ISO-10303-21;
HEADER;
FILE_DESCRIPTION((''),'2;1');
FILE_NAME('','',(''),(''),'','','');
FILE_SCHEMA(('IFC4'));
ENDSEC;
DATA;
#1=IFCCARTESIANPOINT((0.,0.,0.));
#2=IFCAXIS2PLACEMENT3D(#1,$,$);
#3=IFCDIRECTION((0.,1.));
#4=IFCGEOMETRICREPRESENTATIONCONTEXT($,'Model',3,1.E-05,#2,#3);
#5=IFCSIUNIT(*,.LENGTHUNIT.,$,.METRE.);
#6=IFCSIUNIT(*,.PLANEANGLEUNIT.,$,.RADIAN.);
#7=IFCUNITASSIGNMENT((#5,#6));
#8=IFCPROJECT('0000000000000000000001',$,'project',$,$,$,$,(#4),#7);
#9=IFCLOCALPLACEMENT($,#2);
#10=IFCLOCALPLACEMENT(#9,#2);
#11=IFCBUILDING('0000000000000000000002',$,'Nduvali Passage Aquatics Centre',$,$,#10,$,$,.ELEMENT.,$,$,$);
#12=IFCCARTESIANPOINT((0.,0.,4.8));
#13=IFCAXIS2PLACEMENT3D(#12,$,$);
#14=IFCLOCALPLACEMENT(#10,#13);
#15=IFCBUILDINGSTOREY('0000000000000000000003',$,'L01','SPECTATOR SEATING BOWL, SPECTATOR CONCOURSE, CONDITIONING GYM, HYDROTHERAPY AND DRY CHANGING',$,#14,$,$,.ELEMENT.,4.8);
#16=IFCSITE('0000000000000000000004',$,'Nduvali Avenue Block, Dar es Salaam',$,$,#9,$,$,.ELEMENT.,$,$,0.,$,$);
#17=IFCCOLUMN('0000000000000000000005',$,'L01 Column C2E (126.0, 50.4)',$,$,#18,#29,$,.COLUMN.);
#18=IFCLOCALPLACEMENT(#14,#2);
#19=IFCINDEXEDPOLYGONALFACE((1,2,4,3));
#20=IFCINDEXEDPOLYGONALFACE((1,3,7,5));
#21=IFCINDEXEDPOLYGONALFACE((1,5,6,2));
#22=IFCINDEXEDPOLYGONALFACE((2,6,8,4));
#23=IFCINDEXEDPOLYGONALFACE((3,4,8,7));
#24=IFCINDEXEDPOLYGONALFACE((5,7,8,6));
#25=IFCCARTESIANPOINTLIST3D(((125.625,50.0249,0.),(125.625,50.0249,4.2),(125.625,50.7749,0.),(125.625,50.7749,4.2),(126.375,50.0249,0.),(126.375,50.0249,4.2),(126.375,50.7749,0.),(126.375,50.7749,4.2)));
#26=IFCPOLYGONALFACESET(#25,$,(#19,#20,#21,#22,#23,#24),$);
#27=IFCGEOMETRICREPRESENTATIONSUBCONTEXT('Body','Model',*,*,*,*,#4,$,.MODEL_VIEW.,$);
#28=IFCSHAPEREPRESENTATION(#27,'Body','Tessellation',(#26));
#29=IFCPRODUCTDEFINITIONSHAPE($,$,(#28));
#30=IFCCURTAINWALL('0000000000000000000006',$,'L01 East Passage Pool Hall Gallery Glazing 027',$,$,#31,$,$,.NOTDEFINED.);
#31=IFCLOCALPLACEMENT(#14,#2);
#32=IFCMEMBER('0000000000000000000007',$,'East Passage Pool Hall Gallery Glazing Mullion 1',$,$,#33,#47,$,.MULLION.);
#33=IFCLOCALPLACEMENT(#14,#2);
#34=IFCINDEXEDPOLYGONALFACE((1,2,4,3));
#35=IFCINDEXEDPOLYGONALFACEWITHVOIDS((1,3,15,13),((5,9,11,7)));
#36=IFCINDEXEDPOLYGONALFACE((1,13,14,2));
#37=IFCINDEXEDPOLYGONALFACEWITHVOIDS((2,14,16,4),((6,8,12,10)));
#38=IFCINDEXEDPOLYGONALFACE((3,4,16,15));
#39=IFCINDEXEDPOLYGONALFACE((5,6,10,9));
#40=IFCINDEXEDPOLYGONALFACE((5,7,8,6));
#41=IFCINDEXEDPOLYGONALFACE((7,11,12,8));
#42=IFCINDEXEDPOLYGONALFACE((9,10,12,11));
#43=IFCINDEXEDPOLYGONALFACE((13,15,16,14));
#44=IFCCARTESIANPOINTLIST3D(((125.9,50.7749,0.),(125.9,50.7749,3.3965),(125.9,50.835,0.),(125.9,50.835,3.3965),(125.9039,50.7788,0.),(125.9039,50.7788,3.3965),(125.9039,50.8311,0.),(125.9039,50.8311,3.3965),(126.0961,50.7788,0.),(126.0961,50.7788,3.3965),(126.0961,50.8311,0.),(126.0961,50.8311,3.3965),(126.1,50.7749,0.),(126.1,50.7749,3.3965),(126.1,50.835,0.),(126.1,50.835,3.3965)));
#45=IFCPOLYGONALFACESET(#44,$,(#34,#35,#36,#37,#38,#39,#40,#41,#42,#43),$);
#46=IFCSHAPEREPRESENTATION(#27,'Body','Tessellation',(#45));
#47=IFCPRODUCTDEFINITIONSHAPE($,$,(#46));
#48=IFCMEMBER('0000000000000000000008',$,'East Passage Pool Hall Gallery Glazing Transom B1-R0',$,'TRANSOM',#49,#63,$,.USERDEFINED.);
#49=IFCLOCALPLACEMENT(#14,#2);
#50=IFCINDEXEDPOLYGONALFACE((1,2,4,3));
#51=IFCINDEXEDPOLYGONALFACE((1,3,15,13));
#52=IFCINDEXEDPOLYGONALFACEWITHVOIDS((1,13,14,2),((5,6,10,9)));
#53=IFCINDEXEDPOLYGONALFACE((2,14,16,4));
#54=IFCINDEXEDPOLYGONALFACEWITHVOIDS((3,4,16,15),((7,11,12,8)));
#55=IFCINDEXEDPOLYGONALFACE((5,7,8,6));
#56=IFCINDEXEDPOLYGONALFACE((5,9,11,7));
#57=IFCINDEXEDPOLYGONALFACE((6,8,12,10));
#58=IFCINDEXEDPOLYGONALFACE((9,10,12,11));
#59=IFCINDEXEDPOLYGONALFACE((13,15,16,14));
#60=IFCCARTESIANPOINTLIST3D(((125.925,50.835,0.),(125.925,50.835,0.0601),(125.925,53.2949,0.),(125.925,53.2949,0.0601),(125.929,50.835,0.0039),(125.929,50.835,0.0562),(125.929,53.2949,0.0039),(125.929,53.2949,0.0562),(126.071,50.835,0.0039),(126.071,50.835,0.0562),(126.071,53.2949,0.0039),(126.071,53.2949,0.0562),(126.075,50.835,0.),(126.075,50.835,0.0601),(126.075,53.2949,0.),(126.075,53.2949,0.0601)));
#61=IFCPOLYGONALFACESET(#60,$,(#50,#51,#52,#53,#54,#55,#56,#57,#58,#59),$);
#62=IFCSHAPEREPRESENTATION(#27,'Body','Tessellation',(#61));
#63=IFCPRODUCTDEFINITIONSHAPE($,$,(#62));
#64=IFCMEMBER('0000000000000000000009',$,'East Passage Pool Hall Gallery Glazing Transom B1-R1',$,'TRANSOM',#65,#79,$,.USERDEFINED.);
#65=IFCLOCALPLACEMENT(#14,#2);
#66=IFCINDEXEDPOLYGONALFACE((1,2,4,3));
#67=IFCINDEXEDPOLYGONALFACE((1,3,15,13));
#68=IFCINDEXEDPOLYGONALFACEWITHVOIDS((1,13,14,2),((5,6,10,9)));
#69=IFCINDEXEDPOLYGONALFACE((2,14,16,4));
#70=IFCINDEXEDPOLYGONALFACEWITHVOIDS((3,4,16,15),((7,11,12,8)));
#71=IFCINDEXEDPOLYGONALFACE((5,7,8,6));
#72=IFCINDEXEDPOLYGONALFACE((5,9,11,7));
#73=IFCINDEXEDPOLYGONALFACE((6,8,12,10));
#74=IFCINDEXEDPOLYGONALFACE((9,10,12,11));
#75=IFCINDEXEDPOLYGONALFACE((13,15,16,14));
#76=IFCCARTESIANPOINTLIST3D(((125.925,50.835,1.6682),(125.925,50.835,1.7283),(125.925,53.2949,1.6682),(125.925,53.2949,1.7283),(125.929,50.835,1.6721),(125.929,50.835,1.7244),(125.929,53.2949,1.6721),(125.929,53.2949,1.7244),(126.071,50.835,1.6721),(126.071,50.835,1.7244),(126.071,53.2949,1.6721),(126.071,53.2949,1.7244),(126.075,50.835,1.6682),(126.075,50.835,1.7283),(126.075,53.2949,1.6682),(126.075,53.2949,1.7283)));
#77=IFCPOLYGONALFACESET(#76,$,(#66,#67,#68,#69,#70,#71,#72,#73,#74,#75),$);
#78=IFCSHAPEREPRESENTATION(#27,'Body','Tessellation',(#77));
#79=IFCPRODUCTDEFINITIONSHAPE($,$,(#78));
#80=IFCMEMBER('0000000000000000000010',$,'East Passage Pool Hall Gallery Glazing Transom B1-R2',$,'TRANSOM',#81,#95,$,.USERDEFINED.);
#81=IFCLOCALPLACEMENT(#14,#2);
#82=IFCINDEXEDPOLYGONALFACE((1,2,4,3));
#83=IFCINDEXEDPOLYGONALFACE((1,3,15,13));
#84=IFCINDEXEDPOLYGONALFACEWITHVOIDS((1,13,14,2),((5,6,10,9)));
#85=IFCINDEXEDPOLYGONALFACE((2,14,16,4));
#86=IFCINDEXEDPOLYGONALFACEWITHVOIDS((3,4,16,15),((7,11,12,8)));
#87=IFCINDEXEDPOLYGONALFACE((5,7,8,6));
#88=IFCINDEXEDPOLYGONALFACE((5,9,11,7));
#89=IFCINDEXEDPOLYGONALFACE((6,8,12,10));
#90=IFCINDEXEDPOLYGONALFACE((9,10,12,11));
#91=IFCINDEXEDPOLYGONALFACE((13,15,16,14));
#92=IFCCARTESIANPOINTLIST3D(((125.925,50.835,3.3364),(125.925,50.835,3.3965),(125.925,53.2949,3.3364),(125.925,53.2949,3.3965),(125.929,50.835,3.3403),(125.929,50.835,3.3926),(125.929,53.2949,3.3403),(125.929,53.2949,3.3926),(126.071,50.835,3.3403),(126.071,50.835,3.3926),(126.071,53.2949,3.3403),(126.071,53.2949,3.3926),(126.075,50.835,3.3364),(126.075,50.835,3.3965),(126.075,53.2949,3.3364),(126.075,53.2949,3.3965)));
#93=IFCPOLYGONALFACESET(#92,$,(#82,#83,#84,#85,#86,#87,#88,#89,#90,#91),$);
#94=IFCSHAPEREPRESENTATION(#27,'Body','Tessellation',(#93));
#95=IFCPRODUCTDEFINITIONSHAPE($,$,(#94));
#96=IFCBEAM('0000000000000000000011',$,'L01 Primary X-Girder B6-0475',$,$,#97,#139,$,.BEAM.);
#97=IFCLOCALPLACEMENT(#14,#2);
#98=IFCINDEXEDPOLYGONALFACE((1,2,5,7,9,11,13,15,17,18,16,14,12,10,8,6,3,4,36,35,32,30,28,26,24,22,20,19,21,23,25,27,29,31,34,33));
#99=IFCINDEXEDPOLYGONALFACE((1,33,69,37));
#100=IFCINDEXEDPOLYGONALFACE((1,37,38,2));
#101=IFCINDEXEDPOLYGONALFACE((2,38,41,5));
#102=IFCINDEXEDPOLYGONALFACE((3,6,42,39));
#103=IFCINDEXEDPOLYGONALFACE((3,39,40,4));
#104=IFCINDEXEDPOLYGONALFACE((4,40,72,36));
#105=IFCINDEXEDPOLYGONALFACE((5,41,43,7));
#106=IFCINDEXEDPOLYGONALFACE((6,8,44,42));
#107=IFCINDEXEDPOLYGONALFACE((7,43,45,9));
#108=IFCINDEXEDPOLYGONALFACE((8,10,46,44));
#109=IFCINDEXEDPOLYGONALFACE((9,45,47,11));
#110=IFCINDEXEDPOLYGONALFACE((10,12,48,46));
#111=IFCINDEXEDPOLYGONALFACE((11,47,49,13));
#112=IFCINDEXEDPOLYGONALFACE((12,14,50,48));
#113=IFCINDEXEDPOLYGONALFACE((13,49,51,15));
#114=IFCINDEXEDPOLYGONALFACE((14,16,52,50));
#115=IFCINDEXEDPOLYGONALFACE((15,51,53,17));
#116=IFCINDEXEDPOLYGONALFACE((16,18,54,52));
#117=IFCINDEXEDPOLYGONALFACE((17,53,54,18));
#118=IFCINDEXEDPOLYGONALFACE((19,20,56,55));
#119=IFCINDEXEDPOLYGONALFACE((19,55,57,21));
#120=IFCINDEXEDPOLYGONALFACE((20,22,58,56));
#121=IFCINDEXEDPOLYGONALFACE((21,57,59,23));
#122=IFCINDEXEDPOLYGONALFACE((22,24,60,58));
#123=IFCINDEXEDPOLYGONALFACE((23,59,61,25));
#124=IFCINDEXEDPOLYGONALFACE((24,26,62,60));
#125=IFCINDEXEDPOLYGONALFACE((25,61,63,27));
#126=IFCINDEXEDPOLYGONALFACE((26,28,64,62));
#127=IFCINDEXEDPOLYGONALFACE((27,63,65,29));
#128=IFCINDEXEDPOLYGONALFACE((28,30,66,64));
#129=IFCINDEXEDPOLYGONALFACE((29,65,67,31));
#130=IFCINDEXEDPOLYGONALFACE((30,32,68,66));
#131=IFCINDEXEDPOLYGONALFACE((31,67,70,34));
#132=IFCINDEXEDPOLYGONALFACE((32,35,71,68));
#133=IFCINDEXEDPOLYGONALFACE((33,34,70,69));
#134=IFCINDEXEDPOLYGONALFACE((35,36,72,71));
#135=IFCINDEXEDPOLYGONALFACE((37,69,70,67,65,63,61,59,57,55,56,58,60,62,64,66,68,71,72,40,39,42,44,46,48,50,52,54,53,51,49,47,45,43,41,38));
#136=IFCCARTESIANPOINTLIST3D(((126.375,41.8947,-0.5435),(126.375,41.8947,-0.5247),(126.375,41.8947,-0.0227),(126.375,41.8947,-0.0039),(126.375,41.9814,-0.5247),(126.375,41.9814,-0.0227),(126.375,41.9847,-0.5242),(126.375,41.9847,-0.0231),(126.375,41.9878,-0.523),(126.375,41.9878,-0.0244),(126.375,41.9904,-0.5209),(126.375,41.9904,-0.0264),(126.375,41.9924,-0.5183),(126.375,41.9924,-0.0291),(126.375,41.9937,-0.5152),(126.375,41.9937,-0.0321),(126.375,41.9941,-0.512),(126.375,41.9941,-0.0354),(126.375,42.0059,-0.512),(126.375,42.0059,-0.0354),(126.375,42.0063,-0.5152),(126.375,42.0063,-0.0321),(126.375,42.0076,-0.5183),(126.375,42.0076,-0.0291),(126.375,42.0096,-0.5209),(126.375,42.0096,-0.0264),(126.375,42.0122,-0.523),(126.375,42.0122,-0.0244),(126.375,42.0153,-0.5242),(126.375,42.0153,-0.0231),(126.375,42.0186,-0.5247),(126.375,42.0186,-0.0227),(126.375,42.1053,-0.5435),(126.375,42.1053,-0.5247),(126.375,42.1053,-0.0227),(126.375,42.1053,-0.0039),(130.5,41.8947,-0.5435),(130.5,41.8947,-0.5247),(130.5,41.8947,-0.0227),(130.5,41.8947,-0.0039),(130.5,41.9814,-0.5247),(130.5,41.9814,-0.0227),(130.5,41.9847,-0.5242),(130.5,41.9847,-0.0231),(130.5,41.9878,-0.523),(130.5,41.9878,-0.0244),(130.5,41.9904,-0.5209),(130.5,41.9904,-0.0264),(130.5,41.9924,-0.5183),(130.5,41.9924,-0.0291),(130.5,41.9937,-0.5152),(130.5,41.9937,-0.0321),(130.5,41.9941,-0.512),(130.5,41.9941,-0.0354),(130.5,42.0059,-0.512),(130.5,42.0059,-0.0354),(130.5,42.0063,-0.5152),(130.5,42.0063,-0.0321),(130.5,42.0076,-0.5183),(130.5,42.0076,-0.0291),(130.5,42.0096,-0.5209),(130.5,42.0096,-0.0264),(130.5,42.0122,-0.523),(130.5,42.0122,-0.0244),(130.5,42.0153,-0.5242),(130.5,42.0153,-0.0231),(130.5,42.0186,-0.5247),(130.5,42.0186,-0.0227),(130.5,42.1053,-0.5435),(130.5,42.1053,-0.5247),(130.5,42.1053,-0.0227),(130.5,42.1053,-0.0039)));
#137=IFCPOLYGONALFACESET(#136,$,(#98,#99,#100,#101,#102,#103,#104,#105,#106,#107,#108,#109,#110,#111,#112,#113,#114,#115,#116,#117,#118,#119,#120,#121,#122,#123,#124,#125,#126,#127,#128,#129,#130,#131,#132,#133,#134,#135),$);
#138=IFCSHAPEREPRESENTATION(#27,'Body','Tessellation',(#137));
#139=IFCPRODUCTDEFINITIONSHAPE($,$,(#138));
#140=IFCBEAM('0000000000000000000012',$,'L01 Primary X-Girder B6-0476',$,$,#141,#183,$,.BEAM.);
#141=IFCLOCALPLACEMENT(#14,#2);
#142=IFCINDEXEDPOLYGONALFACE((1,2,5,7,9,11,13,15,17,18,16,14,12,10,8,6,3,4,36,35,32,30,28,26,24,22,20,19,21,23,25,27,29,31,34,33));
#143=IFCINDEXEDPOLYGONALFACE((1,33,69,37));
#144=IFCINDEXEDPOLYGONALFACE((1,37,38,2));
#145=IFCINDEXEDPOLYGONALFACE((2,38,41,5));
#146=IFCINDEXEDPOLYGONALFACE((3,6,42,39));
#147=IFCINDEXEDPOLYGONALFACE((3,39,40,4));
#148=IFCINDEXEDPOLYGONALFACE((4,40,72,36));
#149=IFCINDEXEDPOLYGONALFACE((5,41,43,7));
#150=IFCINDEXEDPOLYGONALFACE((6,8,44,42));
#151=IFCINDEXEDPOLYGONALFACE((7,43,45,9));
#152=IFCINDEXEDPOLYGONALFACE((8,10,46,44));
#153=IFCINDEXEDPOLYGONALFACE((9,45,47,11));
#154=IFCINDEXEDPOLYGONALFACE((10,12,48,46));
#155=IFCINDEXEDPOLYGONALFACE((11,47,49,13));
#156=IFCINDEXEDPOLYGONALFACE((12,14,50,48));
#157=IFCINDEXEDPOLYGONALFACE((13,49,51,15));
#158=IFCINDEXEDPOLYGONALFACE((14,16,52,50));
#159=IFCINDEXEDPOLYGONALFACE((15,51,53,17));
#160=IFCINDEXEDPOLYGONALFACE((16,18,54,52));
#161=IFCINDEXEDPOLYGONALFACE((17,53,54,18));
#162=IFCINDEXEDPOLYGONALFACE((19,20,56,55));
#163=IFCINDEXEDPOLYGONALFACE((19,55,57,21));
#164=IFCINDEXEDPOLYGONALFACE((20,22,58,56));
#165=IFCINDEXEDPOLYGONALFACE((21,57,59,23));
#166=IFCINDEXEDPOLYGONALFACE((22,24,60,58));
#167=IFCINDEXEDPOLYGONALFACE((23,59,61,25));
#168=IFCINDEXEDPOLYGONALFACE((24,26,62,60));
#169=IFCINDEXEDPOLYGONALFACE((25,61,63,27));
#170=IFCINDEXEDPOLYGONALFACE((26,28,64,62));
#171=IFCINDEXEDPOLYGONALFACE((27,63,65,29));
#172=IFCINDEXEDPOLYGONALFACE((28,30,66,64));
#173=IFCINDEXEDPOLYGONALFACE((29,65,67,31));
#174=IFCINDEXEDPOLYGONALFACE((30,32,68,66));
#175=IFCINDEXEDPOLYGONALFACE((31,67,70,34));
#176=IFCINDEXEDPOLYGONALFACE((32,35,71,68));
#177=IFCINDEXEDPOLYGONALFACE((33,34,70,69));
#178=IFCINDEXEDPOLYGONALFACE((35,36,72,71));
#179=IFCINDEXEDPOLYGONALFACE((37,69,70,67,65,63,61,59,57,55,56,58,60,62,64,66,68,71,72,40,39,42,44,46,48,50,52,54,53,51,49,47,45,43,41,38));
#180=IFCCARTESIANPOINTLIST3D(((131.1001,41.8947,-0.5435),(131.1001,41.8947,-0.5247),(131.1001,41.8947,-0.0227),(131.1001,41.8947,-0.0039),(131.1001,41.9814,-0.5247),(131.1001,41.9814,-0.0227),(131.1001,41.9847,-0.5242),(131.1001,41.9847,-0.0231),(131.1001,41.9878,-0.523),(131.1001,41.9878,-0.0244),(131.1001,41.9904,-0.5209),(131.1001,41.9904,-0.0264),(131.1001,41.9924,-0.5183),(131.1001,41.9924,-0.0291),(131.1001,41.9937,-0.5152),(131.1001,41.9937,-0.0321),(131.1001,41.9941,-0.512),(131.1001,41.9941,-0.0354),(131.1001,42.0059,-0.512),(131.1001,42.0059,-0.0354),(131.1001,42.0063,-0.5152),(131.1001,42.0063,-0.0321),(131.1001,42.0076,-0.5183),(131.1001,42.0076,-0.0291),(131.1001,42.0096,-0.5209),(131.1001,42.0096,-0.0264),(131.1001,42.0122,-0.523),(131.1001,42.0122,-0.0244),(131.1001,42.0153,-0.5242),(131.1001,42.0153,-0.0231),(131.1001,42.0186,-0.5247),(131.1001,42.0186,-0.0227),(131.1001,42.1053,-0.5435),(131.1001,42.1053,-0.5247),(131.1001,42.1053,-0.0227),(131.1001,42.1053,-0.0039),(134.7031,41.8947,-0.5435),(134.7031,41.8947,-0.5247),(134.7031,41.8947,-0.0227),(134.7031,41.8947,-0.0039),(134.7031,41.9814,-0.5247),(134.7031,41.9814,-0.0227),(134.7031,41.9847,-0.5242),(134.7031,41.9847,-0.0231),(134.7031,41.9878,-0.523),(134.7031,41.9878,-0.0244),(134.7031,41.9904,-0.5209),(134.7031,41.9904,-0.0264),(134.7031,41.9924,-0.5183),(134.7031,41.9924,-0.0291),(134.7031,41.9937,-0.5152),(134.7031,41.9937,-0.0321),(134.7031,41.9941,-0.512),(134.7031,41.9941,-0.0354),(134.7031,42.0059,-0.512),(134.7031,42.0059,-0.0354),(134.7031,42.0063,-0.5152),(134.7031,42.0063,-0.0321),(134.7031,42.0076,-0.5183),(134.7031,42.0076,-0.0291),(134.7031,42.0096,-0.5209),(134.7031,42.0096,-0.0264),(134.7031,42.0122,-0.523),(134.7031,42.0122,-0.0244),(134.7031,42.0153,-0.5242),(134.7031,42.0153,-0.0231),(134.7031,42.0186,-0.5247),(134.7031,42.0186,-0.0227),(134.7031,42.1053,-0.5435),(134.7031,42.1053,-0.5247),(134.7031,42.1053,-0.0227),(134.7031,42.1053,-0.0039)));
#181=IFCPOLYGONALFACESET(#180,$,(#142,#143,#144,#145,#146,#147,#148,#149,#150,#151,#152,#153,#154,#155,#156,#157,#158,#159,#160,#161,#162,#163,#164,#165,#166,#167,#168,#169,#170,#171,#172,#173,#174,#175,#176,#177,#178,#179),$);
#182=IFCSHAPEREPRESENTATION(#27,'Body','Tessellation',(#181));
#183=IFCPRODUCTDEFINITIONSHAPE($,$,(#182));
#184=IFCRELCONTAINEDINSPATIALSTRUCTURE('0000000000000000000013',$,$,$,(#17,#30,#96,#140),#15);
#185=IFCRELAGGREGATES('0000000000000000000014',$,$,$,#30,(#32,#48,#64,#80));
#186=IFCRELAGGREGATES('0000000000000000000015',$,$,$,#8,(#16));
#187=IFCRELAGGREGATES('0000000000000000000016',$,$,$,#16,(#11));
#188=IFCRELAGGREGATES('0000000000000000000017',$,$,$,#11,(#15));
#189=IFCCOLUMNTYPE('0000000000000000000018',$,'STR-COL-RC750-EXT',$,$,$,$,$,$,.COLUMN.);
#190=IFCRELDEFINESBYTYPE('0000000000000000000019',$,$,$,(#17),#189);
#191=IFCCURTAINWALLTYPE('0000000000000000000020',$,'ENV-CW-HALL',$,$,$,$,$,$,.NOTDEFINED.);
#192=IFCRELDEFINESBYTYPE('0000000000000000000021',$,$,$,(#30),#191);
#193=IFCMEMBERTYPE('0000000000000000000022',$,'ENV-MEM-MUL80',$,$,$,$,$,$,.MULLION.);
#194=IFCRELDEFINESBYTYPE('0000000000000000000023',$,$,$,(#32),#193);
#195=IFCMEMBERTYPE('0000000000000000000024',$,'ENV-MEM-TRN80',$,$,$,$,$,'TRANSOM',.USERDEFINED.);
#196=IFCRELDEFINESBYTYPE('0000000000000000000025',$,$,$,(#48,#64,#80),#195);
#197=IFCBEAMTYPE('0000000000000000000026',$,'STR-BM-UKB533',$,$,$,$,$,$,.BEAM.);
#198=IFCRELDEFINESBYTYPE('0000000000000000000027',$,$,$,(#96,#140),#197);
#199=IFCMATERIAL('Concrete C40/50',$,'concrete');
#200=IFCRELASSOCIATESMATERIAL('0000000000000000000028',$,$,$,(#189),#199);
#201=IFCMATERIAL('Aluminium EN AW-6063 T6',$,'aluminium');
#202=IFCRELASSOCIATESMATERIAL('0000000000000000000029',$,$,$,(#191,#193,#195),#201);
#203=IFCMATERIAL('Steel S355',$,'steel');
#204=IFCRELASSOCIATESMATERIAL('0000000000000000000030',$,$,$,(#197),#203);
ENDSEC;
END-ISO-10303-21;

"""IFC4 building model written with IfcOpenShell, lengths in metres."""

from ifc_helpers import new_model, si_unit, direction, frame, origin, origin_2d, place, context, subcontext, project, spatial, rectangle, hollow_rectangle, i_section, extrude, material, material_profile, profile_set, type_object, element, aggregate, save


model = new_model("IFC4")

# Units and contexts
model_context = context("Model", 3, precision=1e-05, world=origin(), true_north=direction((0.0, 1.0)))
body_context = subcontext(model_context, "Body", "Model", "MODEL_VIEW")
ifc_project = project(units=[si_unit("LENGTHUNIT", "METRE"), si_unit("PLANEANGLEUNIT", "RADIAN")], contexts=[model_context])

# Site, building, storey
site_placement = place(None, origin())
site = spatial("IfcSite", under=ifc_project, at=site_placement, Name="Nduvali Avenue Block, Dar es Salaam", CompositionType="ELEMENT", RefElevation=0.0)
building_placement = place(site_placement, origin())
building = spatial("IfcBuilding", under=site, at=building_placement, Name="Nduvali Passage Aquatics Centre", CompositionType="ELEMENT")
storey_placement = place(building_placement, frame((0.0, 0.0, 4.8)))
storey = spatial("IfcBuildingStorey", under=building, at=storey_placement, Name="L01", Description="SPECTATOR SEATING BOWL, SPECTATOR CONCOURSE, CONDITIONING GYM, HYDROTHERAPY AND DRY CHANGING", CompositionType="ELEMENT", Elevation=4.8)

# Column
ifc_material_1 = material(Name="Concrete C40/50", Category="concrete")
ifc_material_profile_1 = material_profile(ifc_material_1, rectangle(XDim=0.75, YDim=0.75, at=origin_2d()), Name="RC 750x750")
ifc_profile_set_1 = profile_set([ifc_material_profile_1], Name="Concrete C40/50")
column_type = type_object("IfcColumnType", Name="STR-COL-RC750-EXT", PredefinedType="COLUMN", material=ifc_profile_set_1)
column_placement = place(storey_placement, frame((126.0, 50.3999, 0.0), z_axis=(0.0, 0.0, 1.0), x_axis=(1.0, 0.0, 0.0)))
element("IfcColumn", 1, at=column_placement, inside=storey, type_object=column_type, Name="L01 Column C2E (126.0, 50.4)", PredefinedType="COLUMN", context=body_context, shape_type="SweptSolid", body=[
    extrude(rectangle(XDim=0.75, YDim=0.75, at=origin_2d()), origin(), (0.0, 0.0, 1.0), 4.2),
])

# Curtain wall, members
ifc_material_2 = material(Name="Aluminium EN AW-6063 T6", Category="aluminium")
curtain_wall_type = type_object("IfcCurtainWallType", Name="ENV-CW-HALL", PredefinedType="NOTDEFINED", material=ifc_material_2)
curtain_wall_placement = place(storey_placement, origin())
curtain_wall = element("IfcCurtainWall", 2, at=curtain_wall_placement, inside=storey, type_object=curtain_wall_type, Name="L01 East Passage Pool Hall Gallery Glazing 027", PredefinedType="NOTDEFINED")
ifc_material_profile_2 = material_profile(ifc_material_2, hollow_rectangle(XDim=0.0601, YDim=0.2, WallThickness=0.0039, at=origin_2d()), Name="ALU MULLION 60x200x4")
ifc_profile_set_2 = profile_set([ifc_material_profile_2], Name="Aluminium EN AW-6063 T6")
member_type_1 = type_object("IfcMemberType", Name="ENV-MEM-MUL80", PredefinedType="MULLION", material=ifc_profile_set_2)
member_1_placement = place(storey_placement, frame((126.0, 50.8049, 0.0), z_axis=(0.0, 0.0, 1.0), x_axis=(0.0, 1.0, 0.0)))
member_1 = element("IfcMember", 3, at=member_1_placement, type_object=member_type_1, Name="East Passage Pool Hall Gallery Glazing Mullion 1", PredefinedType="MULLION", context=body_context, shape_type="SweptSolid", body=[
    extrude(hollow_rectangle(XDim=0.0601, YDim=0.2, WallThickness=0.0039, at=origin_2d()), origin(), (0.0, 0.0, 1.0), 3.3965),
])
ifc_material_profile_3 = material_profile(ifc_material_2, hollow_rectangle(XDim=0.1499, YDim=0.0601, WallThickness=0.0039, at=origin_2d()), Name="ALU TRANSOM 150x60x4")
ifc_profile_set_3 = profile_set([ifc_material_profile_3], Name="Aluminium EN AW-6063 T6")
member_type_2 = type_object("IfcMemberType", Name="ENV-MEM-TRN80", ElementType="TRANSOM", PredefinedType="USERDEFINED", material=ifc_profile_set_3)
member_2_placement = place(storey_placement, frame((126.0, 50.835, 0.03), z_axis=(0.0, 1.0, 0.0), x_axis=(-1.0, 0.0, 0.0)))
member_2 = element("IfcMember", 4, at=member_2_placement, type_object=member_type_2, Name="East Passage Pool Hall Gallery Glazing Transom B1-R0", ObjectType="TRANSOM", PredefinedType="USERDEFINED", context=body_context, shape_type="SweptSolid", body=[
    extrude(hollow_rectangle(XDim=0.1499, YDim=0.0601, WallThickness=0.0039, at=origin_2d()), origin(), (0.0, 0.0, 1.0), 2.46),
])
member_3_placement = place(storey_placement, frame((126.0, 50.835, 1.6982), z_axis=(0.0, 1.0, 0.0), x_axis=(-1.0, 0.0, 0.0)))
member_3 = element("IfcMember", 5, at=member_3_placement, type_object=member_type_2, Name="East Passage Pool Hall Gallery Glazing Transom B1-R1", ObjectType="TRANSOM", PredefinedType="USERDEFINED", context=body_context, shape_type="SweptSolid", body=[
    extrude(hollow_rectangle(XDim=0.1499, YDim=0.0601, WallThickness=0.0039, at=origin_2d()), origin(), (0.0, 0.0, 1.0), 2.46),
])
member_4_placement = place(storey_placement, frame((126.0, 50.835, 3.3665), z_axis=(0.0, 1.0, 0.0), x_axis=(-1.0, 0.0, 0.0)))
member_4 = element("IfcMember", 6, at=member_4_placement, type_object=member_type_2, Name="East Passage Pool Hall Gallery Glazing Transom B1-R2", ObjectType="TRANSOM", PredefinedType="USERDEFINED", context=body_context, shape_type="SweptSolid", body=[
    extrude(hollow_rectangle(XDim=0.1499, YDim=0.0601, WallThickness=0.0039, at=origin_2d()), origin(), (0.0, 0.0, 1.0), 2.46),
])

# Beams
ifc_material_3 = material(Name="Steel S355", Category="steel")
ifc_material_profile_4 = material_profile(ifc_material_3, i_section(OverallWidth=0.2107, OverallDepth=0.5396, WebThickness=0.0117, FlangeThickness=0.0188, FilletRadius=0.0127, at=origin_2d()), Name="UKB 533x210x109")
ifc_profile_set_4 = profile_set([ifc_material_profile_4], Name="Steel S355")
beam_type_1 = type_object("IfcBeamType", Name="STR-BM-UKB533", PredefinedType="BEAM", material=ifc_profile_set_4)
beam_1_placement = place(storey_placement, frame((126.375, 42.0, -0.2737), z_axis=(1.0, 0.0, 0.0), x_axis=(0.0, 1.0, 0.0)))
element("IfcBeam", 7, at=beam_1_placement, inside=storey, type_object=beam_type_1, Name="L01 Primary X-Girder B6-0475", PredefinedType="BEAM", context=body_context, shape_type="SweptSolid", body=[
    extrude(i_section(OverallWidth=0.2107, OverallDepth=0.5396, WebThickness=0.0117, FlangeThickness=0.0188, FilletRadius=0.0127, at=origin_2d()), origin(), (0.0, 0.0, 1.0), 4.125),
])
beam_2_placement = place(storey_placement, frame((131.1001, 42.0, -0.2737), z_axis=(1.0, 0.0, 0.0), x_axis=(0.0, 1.0, 0.0)))
element("IfcBeam", 8, at=beam_2_placement, inside=storey, type_object=beam_type_1, Name="L01 Primary X-Girder B6-0476", PredefinedType="BEAM", context=body_context, shape_type="SweptSolid", body=[
    extrude(i_section(OverallWidth=0.2107, OverallDepth=0.5396, WebThickness=0.0117, FlangeThickness=0.0188, FilletRadius=0.0127, at=origin_2d()), origin(), (0.0, 0.0, 1.0), 3.603),
])

aggregate(curtain_wall, [member_1, member_2, member_3, member_4])

save(model, "model.ifc")
